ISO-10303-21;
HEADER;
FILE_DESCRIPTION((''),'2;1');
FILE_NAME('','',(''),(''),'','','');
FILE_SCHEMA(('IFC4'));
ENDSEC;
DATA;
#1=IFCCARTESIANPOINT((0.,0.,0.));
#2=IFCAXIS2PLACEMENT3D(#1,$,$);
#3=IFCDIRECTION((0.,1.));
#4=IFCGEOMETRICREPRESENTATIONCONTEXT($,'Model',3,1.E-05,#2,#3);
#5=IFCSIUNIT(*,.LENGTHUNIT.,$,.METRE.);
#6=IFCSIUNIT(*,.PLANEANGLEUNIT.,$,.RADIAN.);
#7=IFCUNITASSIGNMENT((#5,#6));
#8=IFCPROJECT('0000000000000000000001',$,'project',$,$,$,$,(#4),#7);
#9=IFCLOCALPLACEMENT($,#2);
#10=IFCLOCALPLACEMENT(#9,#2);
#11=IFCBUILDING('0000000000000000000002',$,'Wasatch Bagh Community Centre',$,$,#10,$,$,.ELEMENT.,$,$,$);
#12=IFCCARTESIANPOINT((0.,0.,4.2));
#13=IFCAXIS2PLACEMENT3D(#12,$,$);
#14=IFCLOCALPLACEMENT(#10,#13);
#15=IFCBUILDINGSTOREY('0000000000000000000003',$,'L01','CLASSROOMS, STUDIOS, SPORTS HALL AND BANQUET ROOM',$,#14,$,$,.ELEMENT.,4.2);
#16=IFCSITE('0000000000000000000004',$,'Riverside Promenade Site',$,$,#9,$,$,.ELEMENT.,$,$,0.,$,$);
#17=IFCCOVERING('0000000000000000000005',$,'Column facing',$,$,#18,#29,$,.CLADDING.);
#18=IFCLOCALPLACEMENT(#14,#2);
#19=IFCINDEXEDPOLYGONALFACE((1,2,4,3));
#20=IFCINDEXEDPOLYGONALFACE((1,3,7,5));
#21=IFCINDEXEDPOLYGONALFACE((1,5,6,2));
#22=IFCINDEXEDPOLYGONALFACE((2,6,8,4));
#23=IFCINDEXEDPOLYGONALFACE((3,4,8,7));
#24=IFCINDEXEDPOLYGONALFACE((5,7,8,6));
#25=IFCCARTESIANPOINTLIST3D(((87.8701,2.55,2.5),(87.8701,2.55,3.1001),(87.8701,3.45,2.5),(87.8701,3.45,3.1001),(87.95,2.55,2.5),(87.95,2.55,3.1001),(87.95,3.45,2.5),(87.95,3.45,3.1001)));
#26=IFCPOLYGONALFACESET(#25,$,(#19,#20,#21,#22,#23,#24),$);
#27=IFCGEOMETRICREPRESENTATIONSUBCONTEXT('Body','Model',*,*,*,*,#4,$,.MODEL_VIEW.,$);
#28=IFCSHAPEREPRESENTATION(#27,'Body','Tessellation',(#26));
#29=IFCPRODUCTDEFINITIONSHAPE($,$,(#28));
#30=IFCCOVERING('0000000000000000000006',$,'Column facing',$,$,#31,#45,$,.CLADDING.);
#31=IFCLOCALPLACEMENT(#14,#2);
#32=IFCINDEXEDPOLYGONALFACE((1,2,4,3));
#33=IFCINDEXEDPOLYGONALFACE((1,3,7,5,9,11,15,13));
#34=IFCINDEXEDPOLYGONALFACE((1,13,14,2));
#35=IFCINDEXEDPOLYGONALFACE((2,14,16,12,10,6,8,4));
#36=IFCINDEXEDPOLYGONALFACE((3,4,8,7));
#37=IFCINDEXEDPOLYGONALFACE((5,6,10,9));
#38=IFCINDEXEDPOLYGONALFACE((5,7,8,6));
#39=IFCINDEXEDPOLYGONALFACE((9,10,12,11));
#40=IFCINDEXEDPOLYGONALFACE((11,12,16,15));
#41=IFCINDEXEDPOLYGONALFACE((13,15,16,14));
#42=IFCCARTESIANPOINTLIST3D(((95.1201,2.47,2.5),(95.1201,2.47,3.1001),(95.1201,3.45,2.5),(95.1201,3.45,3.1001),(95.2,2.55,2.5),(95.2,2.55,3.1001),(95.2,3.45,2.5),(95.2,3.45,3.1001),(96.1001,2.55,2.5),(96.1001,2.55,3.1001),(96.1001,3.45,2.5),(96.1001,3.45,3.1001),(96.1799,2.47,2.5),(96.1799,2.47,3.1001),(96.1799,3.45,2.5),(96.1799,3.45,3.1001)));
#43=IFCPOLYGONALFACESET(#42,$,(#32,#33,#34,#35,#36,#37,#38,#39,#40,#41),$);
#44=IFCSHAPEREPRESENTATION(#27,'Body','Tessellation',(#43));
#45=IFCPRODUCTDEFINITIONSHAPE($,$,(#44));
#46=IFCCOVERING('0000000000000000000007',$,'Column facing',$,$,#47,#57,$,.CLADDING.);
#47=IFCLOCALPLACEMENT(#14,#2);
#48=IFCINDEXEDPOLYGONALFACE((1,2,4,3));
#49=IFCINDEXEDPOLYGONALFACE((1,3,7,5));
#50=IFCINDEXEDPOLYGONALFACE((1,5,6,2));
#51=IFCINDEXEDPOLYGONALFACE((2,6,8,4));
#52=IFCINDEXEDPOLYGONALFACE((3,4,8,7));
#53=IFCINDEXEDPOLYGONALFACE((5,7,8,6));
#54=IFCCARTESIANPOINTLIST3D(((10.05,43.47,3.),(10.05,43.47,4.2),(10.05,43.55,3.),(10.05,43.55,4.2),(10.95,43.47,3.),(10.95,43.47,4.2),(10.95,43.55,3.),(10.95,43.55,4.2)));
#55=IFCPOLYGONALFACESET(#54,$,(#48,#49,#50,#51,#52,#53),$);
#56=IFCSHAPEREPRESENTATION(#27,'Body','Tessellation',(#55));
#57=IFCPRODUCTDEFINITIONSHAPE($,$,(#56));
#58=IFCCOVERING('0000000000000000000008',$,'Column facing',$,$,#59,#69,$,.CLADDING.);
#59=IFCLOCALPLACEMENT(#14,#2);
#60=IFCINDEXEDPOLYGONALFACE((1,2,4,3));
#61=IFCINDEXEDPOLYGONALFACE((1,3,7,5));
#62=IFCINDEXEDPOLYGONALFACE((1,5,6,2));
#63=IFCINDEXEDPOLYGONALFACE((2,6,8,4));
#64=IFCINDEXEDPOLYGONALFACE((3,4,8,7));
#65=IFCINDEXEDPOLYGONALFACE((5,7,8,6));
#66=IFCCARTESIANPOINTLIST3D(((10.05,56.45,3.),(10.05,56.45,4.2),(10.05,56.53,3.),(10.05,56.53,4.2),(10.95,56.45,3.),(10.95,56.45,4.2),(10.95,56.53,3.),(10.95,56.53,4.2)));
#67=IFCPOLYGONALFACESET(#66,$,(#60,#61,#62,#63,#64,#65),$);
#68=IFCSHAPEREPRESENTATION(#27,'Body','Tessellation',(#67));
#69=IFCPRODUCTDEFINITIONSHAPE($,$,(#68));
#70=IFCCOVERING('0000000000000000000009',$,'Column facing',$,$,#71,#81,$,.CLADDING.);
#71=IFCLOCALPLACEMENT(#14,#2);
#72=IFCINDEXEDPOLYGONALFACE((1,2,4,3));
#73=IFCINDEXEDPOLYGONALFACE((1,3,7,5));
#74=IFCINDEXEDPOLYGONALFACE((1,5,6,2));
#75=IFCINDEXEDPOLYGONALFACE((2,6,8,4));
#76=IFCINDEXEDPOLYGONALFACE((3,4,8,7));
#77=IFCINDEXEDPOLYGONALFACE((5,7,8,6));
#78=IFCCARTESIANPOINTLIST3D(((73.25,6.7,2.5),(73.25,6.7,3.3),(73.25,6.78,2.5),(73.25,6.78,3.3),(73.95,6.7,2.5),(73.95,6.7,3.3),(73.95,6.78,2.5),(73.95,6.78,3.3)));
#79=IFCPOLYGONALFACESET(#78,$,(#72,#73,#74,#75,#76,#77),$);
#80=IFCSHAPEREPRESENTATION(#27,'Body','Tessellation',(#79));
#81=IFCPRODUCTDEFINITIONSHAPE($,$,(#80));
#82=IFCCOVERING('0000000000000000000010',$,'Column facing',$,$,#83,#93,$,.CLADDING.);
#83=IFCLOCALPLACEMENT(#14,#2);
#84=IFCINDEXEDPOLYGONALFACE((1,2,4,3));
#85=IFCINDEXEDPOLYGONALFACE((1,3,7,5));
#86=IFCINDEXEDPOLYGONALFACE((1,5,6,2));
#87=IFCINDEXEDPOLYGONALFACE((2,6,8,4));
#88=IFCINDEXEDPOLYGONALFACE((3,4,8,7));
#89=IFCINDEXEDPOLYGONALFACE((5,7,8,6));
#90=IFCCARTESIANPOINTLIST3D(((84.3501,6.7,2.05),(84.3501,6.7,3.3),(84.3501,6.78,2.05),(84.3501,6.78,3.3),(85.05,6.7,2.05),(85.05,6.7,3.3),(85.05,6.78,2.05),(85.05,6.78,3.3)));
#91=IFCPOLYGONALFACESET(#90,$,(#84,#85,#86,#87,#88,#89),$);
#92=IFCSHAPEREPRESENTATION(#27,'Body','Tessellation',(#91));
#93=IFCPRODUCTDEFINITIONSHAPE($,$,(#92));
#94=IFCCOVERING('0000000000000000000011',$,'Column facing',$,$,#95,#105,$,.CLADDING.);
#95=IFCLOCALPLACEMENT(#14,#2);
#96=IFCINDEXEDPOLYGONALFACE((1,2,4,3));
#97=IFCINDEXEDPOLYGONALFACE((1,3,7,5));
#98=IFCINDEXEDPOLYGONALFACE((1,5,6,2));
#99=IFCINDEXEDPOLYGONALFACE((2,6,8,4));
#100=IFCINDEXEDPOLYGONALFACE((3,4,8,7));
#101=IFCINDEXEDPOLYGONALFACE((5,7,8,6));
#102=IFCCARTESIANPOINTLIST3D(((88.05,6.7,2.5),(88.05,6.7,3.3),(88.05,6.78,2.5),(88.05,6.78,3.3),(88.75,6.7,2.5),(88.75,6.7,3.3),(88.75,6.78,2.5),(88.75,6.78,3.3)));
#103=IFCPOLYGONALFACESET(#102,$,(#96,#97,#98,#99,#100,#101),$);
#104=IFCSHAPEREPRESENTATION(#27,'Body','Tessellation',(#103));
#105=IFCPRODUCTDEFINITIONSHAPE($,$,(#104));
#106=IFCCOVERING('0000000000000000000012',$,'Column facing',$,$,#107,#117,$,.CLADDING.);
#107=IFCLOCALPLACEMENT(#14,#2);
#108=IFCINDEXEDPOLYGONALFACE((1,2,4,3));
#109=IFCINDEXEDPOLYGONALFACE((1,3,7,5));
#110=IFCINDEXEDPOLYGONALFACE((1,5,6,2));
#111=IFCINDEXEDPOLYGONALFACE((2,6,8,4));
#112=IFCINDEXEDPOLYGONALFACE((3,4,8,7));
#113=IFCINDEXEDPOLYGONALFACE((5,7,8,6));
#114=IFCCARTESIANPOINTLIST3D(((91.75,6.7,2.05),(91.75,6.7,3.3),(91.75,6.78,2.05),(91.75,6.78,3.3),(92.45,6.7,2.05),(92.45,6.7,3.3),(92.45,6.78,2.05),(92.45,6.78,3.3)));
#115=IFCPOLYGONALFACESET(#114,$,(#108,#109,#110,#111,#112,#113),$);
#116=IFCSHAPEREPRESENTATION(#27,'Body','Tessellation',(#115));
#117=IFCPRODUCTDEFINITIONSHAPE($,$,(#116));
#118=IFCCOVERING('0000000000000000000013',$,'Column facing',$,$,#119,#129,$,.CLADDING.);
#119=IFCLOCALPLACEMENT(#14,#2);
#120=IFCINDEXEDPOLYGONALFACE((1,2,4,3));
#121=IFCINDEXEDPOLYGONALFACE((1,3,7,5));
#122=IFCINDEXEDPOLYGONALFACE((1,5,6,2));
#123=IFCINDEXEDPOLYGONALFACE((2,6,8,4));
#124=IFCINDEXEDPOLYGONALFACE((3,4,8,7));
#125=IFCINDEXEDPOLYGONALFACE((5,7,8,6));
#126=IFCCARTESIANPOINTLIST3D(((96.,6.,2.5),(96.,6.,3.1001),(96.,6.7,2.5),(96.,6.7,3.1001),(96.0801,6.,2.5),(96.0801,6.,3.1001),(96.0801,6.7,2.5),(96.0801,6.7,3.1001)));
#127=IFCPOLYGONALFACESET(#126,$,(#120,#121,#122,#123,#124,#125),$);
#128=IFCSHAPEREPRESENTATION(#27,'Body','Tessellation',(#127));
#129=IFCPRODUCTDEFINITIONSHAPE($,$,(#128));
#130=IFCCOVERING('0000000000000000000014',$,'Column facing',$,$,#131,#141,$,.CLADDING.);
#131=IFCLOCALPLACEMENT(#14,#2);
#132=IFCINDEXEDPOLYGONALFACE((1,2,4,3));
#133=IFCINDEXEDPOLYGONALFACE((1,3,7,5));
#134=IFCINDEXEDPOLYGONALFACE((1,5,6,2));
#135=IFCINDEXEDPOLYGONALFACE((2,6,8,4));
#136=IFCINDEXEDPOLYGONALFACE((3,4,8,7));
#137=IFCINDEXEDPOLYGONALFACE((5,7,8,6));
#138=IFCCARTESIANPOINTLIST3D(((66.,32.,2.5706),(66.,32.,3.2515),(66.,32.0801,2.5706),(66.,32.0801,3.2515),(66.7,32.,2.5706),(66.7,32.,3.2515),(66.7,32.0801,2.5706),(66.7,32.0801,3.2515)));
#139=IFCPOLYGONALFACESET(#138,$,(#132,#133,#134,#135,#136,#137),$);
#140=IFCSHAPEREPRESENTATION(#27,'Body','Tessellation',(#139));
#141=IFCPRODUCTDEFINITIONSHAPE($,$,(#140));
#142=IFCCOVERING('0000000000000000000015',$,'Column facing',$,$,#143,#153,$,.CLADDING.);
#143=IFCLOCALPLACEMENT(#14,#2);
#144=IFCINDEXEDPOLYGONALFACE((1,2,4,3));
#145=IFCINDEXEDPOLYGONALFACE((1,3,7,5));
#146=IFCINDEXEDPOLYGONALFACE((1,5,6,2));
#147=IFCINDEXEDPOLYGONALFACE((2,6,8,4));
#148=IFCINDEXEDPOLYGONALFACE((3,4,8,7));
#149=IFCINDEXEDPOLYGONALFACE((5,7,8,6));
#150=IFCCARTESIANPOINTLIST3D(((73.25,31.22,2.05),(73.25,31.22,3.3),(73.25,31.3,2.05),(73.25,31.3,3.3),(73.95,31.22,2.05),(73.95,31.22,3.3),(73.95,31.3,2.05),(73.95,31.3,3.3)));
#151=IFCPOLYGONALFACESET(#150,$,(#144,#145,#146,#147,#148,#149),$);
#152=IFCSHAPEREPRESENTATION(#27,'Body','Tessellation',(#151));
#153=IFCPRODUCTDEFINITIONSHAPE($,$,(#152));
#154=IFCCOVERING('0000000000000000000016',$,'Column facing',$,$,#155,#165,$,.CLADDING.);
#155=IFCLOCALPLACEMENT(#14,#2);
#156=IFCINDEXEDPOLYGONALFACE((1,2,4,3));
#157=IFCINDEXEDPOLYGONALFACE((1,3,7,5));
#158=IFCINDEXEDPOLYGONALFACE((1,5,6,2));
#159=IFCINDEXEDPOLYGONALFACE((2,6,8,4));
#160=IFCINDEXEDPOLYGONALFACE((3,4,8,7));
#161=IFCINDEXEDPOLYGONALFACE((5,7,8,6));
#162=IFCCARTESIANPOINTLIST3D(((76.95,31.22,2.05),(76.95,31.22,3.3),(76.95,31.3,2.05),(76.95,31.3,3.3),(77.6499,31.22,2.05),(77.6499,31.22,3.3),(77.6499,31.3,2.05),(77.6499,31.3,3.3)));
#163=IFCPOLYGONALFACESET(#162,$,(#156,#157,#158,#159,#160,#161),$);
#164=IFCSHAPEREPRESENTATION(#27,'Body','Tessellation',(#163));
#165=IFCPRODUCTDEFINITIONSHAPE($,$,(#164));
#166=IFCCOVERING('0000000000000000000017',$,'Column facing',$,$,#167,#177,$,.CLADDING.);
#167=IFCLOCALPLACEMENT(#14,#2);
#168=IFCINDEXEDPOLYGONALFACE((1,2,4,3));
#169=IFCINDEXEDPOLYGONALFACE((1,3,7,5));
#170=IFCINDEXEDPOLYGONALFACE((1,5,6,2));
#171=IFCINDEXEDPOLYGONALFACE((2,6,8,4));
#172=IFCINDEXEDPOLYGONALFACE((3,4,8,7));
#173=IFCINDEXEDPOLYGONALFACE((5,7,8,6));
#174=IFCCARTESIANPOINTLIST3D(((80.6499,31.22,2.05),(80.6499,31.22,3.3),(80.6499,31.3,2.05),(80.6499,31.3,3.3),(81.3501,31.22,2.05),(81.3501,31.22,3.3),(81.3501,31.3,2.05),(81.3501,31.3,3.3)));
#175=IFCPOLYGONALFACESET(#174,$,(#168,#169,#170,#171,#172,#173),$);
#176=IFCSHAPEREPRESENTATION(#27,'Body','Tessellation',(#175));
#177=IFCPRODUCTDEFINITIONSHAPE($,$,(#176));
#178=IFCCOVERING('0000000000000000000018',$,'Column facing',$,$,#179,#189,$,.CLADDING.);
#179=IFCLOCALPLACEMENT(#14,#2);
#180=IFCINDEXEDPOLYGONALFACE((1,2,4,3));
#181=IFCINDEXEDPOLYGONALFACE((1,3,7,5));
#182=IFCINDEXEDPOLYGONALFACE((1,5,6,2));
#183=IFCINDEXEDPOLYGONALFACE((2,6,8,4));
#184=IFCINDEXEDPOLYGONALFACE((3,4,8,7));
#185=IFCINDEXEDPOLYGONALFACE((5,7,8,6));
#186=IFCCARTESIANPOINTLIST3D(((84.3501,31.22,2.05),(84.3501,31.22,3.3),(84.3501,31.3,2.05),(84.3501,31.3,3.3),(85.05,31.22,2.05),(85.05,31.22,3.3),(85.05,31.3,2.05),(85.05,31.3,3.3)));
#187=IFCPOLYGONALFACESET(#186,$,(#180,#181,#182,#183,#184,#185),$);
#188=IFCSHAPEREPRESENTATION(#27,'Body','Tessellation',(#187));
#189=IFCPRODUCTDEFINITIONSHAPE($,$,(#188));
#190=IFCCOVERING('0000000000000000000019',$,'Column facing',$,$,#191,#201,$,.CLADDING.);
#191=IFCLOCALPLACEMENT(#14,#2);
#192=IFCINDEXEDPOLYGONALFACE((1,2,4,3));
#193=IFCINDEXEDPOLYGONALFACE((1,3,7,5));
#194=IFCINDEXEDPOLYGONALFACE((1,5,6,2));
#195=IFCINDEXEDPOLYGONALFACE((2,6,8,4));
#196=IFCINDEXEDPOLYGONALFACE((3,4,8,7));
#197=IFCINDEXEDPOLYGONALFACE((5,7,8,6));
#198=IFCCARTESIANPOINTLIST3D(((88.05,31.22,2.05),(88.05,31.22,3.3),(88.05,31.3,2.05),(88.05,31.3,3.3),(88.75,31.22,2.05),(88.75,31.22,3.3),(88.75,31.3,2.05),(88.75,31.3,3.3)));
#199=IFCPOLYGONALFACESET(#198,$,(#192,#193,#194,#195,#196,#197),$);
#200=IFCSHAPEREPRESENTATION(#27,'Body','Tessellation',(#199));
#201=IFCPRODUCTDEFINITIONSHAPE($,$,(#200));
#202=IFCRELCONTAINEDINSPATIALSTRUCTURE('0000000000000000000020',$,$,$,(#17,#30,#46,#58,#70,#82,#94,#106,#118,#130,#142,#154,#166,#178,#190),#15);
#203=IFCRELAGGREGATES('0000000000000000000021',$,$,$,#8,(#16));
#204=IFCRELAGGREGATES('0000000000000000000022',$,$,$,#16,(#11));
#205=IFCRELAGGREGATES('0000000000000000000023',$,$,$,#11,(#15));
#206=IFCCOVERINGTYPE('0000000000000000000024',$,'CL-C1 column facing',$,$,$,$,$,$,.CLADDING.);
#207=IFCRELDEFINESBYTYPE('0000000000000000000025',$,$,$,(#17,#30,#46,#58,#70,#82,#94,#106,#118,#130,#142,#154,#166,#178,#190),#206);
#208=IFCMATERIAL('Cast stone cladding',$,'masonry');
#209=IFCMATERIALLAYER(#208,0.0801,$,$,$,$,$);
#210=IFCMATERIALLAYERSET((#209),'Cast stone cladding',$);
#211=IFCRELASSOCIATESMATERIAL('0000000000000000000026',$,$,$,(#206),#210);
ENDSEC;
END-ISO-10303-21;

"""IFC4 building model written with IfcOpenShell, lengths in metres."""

from ifc_helpers import new_model, si_unit, direction, frame, origin, place, context, subcontext, project, spatial, polyline, outline, extrude, material, layer, layer_set, type_object, element, save


model = new_model("IFC4")

# Units and contexts
model_context = context("Model", 3, precision=1e-05, world=origin(), true_north=direction((0.0, 1.0)))
body_context = subcontext(model_context, "Body", "Model", "MODEL_VIEW")
ifc_project = project(units=[si_unit("LENGTHUNIT", "METRE"), si_unit("PLANEANGLEUNIT", "RADIAN")], contexts=[model_context])

# Site, building, storey
site_placement = place(None, origin())
site = spatial("IfcSite", under=ifc_project, at=site_placement, Name="Riverside Promenade Site", CompositionType="ELEMENT", RefElevation=0.0)
building_placement = place(site_placement, origin())
building = spatial("IfcBuilding", under=site, at=building_placement, Name="Wasatch Bagh Community Centre", CompositionType="ELEMENT")
storey_placement = place(building_placement, frame((0.0, 0.0, 4.2)))
storey = spatial("IfcBuildingStorey", under=building, at=storey_placement, Name="L01", Description="CLASSROOMS, STUDIOS, SPORTS HALL AND BANQUET ROOM", CompositionType="ELEMENT", Elevation=4.2)

# Coverings
ifc_material_1 = material(Name="Cast stone cladding", Category="masonry")
ifc_layer_1 = layer(ifc_material_1, 0.0801)
ifc_layer_set_1 = layer_set([ifc_layer_1], Name="Cast stone cladding")
covering_type_1 = type_object("IfcCoveringType", Name="CL-C1 column facing", PredefinedType="CLADDING", material=ifc_layer_set_1)
covering_1_placement = place(storey_placement, frame((0.0, 0.0, 2.5)))
element("IfcCovering", 1, at=covering_1_placement, inside=storey, type_object=covering_type_1, Name="Column facing", PredefinedType="CLADDING", context=body_context, shape_type="SweptSolid", body=[
    extrude(outline(polyline([(87.95, 2.55), (87.8701, 2.55), (87.8701, 3.45), (87.95, 3.45), (87.95, 2.55)])), origin(), (0.0, 0.0, 1.0), 0.6001),
])
covering_2_placement = place(storey_placement, frame((0.0, 0.0, 2.5)))
element("IfcCovering", 2, at=covering_2_placement, inside=storey, type_object=covering_type_1, Name="Column facing", PredefinedType="CLADDING", context=body_context, shape_type="SweptSolid", body=[
    extrude(outline(polyline([(95.1201, 2.47), (95.1201, 3.45), (95.2, 3.45), (95.2, 2.55), (96.1001, 2.55), (96.1001, 3.45), (96.1799, 3.45), (96.1799, 2.47), (95.1201, 2.47)])), origin(), (0.0, 0.0, 1.0), 0.6001),
])
covering_3_placement = place(storey_placement, frame((0.0, 0.0, 3.0)))
element("IfcCovering", 3, at=covering_3_placement, inside=storey, type_object=covering_type_1, Name="Column facing", PredefinedType="CLADDING", context=body_context, shape_type="SweptSolid", body=[
    extrude(outline(polyline([(10.05, 43.55), (10.95, 43.55), (10.95, 43.47), (10.05, 43.47), (10.05, 43.55)])), origin(), (0.0, 0.0, 1.0), 1.2),
])
covering_4_placement = place(storey_placement, frame((0.0, 0.0, 3.0)))
element("IfcCovering", 4, at=covering_4_placement, inside=storey, type_object=covering_type_1, Name="Column facing", PredefinedType="CLADDING", context=body_context, shape_type="SweptSolid", body=[
    extrude(outline(polyline([(10.95, 56.45), (10.05, 56.45), (10.05, 56.53), (10.95, 56.53), (10.95, 56.45)])), origin(), (0.0, 0.0, 1.0), 1.2),
])
covering_5_placement = place(storey_placement, frame((0.0, 0.0, 2.5)))
element("IfcCovering", 5, at=covering_5_placement, inside=storey, type_object=covering_type_1, Name="Column facing", PredefinedType="CLADDING", context=body_context, shape_type="SweptSolid", body=[
    extrude(outline(polyline([(73.95, 6.7), (73.25, 6.7), (73.25, 6.78), (73.95, 6.78), (73.95, 6.7)])), origin(), (0.0, 0.0, 1.0), 0.8),
])
covering_6_placement = place(storey_placement, frame((0.0, 0.0, 2.05)))
element("IfcCovering", 6, at=covering_6_placement, inside=storey, type_object=covering_type_1, Name="Column facing", PredefinedType="CLADDING", context=body_context, shape_type="SweptSolid", body=[
    extrude(outline(polyline([(85.05, 6.7), (84.3501, 6.7), (84.3501, 6.78), (85.05, 6.78), (85.05, 6.7)])), origin(), (0.0, 0.0, 1.0), 1.25),
])
covering_7_placement = place(storey_placement, frame((0.0, 0.0, 2.5)))
element("IfcCovering", 7, at=covering_7_placement, inside=storey, type_object=covering_type_1, Name="Column facing", PredefinedType="CLADDING", context=body_context, shape_type="SweptSolid", body=[
    extrude(outline(polyline([(88.75, 6.7), (88.05, 6.7), (88.05, 6.78), (88.75, 6.78), (88.75, 6.7)])), origin(), (0.0, 0.0, 1.0), 0.8),
])
covering_8_placement = place(storey_placement, frame((0.0, 0.0, 2.05)))
element("IfcCovering", 8, at=covering_8_placement, inside=storey, type_object=covering_type_1, Name="Column facing", PredefinedType="CLADDING", context=body_context, shape_type="SweptSolid", body=[
    extrude(outline(polyline([(92.45, 6.7), (91.75, 6.7), (91.75, 6.78), (92.45, 6.78), (92.45, 6.7)])), origin(), (0.0, 0.0, 1.0), 1.25),
])
covering_9_placement = place(storey_placement, frame((0.0, 0.0, 2.5)))
element("IfcCovering", 9, at=covering_9_placement, inside=storey, type_object=covering_type_1, Name="Column facing", PredefinedType="CLADDING", context=body_context, shape_type="SweptSolid", body=[
    extrude(outline(polyline([(96.0, 6.0), (96.0, 6.7), (96.0801, 6.7), (96.0801, 6.0), (96.0, 6.0)])), origin(), (0.0, 0.0, 1.0), 0.6001),
])
covering_10_placement = place(storey_placement, frame((0.0, 0.0, 2.5706)))
element("IfcCovering", 10, at=covering_10_placement, inside=storey, type_object=covering_type_1, Name="Column facing", PredefinedType="CLADDING", context=body_context, shape_type="SweptSolid", body=[
    extrude(outline(polyline([(66.7, 32.0), (66.0, 32.0), (66.0, 32.0801), (66.7, 32.0801), (66.7, 32.0)])), origin(), (0.0, 0.0, 1.0), 0.6809),
])
covering_11_placement = place(storey_placement, frame((0.0, 0.0, 2.05)))
element("IfcCovering", 11, at=covering_11_placement, inside=storey, type_object=covering_type_1, Name="Column facing", PredefinedType="CLADDING", context=body_context, shape_type="SweptSolid", body=[
    extrude(outline(polyline([(73.25, 31.3), (73.95, 31.3), (73.95, 31.22), (73.25, 31.22), (73.25, 31.3)])), origin(), (0.0, 0.0, 1.0), 1.25),
])
covering_12_placement = place(storey_placement, frame((0.0, 0.0, 2.05)))
element("IfcCovering", 12, at=covering_12_placement, inside=storey, type_object=covering_type_1, Name="Column facing", PredefinedType="CLADDING", context=body_context, shape_type="SweptSolid", body=[
    extrude(outline(polyline([(76.95, 31.3), (77.6499, 31.3), (77.6499, 31.22), (76.95, 31.22), (76.95, 31.3)])), origin(), (0.0, 0.0, 1.0), 1.25),
])
covering_13_placement = place(storey_placement, frame((0.0, 0.0, 2.05)))
element("IfcCovering", 13, at=covering_13_placement, inside=storey, type_object=covering_type_1, Name="Column facing", PredefinedType="CLADDING", context=body_context, shape_type="SweptSolid", body=[
    extrude(outline(polyline([(80.6499, 31.3), (81.3501, 31.3), (81.3501, 31.22), (80.6499, 31.22), (80.6499, 31.3)])), origin(), (0.0, 0.0, 1.0), 1.25),
])
covering_14_placement = place(storey_placement, frame((0.0, 0.0, 2.05)))
element("IfcCovering", 14, at=covering_14_placement, inside=storey, type_object=covering_type_1, Name="Column facing", PredefinedType="CLADDING", context=body_context, shape_type="SweptSolid", body=[
    extrude(outline(polyline([(84.3501, 31.3), (85.05, 31.3), (85.05, 31.22), (84.3501, 31.22), (84.3501, 31.3)])), origin(), (0.0, 0.0, 1.0), 1.25),
])
covering_15_placement = place(storey_placement, frame((0.0, 0.0, 2.05)))
element("IfcCovering", 15, at=covering_15_placement, inside=storey, type_object=covering_type_1, Name="Column facing", PredefinedType="CLADDING", context=body_context, shape_type="SweptSolid", body=[
    extrude(outline(polyline([(88.05, 31.3), (88.75, 31.3), (88.75, 31.22), (88.05, 31.22), (88.05, 31.3)])), origin(), (0.0, 0.0, 1.0), 1.25),
])

save(model, "model.ifc")
